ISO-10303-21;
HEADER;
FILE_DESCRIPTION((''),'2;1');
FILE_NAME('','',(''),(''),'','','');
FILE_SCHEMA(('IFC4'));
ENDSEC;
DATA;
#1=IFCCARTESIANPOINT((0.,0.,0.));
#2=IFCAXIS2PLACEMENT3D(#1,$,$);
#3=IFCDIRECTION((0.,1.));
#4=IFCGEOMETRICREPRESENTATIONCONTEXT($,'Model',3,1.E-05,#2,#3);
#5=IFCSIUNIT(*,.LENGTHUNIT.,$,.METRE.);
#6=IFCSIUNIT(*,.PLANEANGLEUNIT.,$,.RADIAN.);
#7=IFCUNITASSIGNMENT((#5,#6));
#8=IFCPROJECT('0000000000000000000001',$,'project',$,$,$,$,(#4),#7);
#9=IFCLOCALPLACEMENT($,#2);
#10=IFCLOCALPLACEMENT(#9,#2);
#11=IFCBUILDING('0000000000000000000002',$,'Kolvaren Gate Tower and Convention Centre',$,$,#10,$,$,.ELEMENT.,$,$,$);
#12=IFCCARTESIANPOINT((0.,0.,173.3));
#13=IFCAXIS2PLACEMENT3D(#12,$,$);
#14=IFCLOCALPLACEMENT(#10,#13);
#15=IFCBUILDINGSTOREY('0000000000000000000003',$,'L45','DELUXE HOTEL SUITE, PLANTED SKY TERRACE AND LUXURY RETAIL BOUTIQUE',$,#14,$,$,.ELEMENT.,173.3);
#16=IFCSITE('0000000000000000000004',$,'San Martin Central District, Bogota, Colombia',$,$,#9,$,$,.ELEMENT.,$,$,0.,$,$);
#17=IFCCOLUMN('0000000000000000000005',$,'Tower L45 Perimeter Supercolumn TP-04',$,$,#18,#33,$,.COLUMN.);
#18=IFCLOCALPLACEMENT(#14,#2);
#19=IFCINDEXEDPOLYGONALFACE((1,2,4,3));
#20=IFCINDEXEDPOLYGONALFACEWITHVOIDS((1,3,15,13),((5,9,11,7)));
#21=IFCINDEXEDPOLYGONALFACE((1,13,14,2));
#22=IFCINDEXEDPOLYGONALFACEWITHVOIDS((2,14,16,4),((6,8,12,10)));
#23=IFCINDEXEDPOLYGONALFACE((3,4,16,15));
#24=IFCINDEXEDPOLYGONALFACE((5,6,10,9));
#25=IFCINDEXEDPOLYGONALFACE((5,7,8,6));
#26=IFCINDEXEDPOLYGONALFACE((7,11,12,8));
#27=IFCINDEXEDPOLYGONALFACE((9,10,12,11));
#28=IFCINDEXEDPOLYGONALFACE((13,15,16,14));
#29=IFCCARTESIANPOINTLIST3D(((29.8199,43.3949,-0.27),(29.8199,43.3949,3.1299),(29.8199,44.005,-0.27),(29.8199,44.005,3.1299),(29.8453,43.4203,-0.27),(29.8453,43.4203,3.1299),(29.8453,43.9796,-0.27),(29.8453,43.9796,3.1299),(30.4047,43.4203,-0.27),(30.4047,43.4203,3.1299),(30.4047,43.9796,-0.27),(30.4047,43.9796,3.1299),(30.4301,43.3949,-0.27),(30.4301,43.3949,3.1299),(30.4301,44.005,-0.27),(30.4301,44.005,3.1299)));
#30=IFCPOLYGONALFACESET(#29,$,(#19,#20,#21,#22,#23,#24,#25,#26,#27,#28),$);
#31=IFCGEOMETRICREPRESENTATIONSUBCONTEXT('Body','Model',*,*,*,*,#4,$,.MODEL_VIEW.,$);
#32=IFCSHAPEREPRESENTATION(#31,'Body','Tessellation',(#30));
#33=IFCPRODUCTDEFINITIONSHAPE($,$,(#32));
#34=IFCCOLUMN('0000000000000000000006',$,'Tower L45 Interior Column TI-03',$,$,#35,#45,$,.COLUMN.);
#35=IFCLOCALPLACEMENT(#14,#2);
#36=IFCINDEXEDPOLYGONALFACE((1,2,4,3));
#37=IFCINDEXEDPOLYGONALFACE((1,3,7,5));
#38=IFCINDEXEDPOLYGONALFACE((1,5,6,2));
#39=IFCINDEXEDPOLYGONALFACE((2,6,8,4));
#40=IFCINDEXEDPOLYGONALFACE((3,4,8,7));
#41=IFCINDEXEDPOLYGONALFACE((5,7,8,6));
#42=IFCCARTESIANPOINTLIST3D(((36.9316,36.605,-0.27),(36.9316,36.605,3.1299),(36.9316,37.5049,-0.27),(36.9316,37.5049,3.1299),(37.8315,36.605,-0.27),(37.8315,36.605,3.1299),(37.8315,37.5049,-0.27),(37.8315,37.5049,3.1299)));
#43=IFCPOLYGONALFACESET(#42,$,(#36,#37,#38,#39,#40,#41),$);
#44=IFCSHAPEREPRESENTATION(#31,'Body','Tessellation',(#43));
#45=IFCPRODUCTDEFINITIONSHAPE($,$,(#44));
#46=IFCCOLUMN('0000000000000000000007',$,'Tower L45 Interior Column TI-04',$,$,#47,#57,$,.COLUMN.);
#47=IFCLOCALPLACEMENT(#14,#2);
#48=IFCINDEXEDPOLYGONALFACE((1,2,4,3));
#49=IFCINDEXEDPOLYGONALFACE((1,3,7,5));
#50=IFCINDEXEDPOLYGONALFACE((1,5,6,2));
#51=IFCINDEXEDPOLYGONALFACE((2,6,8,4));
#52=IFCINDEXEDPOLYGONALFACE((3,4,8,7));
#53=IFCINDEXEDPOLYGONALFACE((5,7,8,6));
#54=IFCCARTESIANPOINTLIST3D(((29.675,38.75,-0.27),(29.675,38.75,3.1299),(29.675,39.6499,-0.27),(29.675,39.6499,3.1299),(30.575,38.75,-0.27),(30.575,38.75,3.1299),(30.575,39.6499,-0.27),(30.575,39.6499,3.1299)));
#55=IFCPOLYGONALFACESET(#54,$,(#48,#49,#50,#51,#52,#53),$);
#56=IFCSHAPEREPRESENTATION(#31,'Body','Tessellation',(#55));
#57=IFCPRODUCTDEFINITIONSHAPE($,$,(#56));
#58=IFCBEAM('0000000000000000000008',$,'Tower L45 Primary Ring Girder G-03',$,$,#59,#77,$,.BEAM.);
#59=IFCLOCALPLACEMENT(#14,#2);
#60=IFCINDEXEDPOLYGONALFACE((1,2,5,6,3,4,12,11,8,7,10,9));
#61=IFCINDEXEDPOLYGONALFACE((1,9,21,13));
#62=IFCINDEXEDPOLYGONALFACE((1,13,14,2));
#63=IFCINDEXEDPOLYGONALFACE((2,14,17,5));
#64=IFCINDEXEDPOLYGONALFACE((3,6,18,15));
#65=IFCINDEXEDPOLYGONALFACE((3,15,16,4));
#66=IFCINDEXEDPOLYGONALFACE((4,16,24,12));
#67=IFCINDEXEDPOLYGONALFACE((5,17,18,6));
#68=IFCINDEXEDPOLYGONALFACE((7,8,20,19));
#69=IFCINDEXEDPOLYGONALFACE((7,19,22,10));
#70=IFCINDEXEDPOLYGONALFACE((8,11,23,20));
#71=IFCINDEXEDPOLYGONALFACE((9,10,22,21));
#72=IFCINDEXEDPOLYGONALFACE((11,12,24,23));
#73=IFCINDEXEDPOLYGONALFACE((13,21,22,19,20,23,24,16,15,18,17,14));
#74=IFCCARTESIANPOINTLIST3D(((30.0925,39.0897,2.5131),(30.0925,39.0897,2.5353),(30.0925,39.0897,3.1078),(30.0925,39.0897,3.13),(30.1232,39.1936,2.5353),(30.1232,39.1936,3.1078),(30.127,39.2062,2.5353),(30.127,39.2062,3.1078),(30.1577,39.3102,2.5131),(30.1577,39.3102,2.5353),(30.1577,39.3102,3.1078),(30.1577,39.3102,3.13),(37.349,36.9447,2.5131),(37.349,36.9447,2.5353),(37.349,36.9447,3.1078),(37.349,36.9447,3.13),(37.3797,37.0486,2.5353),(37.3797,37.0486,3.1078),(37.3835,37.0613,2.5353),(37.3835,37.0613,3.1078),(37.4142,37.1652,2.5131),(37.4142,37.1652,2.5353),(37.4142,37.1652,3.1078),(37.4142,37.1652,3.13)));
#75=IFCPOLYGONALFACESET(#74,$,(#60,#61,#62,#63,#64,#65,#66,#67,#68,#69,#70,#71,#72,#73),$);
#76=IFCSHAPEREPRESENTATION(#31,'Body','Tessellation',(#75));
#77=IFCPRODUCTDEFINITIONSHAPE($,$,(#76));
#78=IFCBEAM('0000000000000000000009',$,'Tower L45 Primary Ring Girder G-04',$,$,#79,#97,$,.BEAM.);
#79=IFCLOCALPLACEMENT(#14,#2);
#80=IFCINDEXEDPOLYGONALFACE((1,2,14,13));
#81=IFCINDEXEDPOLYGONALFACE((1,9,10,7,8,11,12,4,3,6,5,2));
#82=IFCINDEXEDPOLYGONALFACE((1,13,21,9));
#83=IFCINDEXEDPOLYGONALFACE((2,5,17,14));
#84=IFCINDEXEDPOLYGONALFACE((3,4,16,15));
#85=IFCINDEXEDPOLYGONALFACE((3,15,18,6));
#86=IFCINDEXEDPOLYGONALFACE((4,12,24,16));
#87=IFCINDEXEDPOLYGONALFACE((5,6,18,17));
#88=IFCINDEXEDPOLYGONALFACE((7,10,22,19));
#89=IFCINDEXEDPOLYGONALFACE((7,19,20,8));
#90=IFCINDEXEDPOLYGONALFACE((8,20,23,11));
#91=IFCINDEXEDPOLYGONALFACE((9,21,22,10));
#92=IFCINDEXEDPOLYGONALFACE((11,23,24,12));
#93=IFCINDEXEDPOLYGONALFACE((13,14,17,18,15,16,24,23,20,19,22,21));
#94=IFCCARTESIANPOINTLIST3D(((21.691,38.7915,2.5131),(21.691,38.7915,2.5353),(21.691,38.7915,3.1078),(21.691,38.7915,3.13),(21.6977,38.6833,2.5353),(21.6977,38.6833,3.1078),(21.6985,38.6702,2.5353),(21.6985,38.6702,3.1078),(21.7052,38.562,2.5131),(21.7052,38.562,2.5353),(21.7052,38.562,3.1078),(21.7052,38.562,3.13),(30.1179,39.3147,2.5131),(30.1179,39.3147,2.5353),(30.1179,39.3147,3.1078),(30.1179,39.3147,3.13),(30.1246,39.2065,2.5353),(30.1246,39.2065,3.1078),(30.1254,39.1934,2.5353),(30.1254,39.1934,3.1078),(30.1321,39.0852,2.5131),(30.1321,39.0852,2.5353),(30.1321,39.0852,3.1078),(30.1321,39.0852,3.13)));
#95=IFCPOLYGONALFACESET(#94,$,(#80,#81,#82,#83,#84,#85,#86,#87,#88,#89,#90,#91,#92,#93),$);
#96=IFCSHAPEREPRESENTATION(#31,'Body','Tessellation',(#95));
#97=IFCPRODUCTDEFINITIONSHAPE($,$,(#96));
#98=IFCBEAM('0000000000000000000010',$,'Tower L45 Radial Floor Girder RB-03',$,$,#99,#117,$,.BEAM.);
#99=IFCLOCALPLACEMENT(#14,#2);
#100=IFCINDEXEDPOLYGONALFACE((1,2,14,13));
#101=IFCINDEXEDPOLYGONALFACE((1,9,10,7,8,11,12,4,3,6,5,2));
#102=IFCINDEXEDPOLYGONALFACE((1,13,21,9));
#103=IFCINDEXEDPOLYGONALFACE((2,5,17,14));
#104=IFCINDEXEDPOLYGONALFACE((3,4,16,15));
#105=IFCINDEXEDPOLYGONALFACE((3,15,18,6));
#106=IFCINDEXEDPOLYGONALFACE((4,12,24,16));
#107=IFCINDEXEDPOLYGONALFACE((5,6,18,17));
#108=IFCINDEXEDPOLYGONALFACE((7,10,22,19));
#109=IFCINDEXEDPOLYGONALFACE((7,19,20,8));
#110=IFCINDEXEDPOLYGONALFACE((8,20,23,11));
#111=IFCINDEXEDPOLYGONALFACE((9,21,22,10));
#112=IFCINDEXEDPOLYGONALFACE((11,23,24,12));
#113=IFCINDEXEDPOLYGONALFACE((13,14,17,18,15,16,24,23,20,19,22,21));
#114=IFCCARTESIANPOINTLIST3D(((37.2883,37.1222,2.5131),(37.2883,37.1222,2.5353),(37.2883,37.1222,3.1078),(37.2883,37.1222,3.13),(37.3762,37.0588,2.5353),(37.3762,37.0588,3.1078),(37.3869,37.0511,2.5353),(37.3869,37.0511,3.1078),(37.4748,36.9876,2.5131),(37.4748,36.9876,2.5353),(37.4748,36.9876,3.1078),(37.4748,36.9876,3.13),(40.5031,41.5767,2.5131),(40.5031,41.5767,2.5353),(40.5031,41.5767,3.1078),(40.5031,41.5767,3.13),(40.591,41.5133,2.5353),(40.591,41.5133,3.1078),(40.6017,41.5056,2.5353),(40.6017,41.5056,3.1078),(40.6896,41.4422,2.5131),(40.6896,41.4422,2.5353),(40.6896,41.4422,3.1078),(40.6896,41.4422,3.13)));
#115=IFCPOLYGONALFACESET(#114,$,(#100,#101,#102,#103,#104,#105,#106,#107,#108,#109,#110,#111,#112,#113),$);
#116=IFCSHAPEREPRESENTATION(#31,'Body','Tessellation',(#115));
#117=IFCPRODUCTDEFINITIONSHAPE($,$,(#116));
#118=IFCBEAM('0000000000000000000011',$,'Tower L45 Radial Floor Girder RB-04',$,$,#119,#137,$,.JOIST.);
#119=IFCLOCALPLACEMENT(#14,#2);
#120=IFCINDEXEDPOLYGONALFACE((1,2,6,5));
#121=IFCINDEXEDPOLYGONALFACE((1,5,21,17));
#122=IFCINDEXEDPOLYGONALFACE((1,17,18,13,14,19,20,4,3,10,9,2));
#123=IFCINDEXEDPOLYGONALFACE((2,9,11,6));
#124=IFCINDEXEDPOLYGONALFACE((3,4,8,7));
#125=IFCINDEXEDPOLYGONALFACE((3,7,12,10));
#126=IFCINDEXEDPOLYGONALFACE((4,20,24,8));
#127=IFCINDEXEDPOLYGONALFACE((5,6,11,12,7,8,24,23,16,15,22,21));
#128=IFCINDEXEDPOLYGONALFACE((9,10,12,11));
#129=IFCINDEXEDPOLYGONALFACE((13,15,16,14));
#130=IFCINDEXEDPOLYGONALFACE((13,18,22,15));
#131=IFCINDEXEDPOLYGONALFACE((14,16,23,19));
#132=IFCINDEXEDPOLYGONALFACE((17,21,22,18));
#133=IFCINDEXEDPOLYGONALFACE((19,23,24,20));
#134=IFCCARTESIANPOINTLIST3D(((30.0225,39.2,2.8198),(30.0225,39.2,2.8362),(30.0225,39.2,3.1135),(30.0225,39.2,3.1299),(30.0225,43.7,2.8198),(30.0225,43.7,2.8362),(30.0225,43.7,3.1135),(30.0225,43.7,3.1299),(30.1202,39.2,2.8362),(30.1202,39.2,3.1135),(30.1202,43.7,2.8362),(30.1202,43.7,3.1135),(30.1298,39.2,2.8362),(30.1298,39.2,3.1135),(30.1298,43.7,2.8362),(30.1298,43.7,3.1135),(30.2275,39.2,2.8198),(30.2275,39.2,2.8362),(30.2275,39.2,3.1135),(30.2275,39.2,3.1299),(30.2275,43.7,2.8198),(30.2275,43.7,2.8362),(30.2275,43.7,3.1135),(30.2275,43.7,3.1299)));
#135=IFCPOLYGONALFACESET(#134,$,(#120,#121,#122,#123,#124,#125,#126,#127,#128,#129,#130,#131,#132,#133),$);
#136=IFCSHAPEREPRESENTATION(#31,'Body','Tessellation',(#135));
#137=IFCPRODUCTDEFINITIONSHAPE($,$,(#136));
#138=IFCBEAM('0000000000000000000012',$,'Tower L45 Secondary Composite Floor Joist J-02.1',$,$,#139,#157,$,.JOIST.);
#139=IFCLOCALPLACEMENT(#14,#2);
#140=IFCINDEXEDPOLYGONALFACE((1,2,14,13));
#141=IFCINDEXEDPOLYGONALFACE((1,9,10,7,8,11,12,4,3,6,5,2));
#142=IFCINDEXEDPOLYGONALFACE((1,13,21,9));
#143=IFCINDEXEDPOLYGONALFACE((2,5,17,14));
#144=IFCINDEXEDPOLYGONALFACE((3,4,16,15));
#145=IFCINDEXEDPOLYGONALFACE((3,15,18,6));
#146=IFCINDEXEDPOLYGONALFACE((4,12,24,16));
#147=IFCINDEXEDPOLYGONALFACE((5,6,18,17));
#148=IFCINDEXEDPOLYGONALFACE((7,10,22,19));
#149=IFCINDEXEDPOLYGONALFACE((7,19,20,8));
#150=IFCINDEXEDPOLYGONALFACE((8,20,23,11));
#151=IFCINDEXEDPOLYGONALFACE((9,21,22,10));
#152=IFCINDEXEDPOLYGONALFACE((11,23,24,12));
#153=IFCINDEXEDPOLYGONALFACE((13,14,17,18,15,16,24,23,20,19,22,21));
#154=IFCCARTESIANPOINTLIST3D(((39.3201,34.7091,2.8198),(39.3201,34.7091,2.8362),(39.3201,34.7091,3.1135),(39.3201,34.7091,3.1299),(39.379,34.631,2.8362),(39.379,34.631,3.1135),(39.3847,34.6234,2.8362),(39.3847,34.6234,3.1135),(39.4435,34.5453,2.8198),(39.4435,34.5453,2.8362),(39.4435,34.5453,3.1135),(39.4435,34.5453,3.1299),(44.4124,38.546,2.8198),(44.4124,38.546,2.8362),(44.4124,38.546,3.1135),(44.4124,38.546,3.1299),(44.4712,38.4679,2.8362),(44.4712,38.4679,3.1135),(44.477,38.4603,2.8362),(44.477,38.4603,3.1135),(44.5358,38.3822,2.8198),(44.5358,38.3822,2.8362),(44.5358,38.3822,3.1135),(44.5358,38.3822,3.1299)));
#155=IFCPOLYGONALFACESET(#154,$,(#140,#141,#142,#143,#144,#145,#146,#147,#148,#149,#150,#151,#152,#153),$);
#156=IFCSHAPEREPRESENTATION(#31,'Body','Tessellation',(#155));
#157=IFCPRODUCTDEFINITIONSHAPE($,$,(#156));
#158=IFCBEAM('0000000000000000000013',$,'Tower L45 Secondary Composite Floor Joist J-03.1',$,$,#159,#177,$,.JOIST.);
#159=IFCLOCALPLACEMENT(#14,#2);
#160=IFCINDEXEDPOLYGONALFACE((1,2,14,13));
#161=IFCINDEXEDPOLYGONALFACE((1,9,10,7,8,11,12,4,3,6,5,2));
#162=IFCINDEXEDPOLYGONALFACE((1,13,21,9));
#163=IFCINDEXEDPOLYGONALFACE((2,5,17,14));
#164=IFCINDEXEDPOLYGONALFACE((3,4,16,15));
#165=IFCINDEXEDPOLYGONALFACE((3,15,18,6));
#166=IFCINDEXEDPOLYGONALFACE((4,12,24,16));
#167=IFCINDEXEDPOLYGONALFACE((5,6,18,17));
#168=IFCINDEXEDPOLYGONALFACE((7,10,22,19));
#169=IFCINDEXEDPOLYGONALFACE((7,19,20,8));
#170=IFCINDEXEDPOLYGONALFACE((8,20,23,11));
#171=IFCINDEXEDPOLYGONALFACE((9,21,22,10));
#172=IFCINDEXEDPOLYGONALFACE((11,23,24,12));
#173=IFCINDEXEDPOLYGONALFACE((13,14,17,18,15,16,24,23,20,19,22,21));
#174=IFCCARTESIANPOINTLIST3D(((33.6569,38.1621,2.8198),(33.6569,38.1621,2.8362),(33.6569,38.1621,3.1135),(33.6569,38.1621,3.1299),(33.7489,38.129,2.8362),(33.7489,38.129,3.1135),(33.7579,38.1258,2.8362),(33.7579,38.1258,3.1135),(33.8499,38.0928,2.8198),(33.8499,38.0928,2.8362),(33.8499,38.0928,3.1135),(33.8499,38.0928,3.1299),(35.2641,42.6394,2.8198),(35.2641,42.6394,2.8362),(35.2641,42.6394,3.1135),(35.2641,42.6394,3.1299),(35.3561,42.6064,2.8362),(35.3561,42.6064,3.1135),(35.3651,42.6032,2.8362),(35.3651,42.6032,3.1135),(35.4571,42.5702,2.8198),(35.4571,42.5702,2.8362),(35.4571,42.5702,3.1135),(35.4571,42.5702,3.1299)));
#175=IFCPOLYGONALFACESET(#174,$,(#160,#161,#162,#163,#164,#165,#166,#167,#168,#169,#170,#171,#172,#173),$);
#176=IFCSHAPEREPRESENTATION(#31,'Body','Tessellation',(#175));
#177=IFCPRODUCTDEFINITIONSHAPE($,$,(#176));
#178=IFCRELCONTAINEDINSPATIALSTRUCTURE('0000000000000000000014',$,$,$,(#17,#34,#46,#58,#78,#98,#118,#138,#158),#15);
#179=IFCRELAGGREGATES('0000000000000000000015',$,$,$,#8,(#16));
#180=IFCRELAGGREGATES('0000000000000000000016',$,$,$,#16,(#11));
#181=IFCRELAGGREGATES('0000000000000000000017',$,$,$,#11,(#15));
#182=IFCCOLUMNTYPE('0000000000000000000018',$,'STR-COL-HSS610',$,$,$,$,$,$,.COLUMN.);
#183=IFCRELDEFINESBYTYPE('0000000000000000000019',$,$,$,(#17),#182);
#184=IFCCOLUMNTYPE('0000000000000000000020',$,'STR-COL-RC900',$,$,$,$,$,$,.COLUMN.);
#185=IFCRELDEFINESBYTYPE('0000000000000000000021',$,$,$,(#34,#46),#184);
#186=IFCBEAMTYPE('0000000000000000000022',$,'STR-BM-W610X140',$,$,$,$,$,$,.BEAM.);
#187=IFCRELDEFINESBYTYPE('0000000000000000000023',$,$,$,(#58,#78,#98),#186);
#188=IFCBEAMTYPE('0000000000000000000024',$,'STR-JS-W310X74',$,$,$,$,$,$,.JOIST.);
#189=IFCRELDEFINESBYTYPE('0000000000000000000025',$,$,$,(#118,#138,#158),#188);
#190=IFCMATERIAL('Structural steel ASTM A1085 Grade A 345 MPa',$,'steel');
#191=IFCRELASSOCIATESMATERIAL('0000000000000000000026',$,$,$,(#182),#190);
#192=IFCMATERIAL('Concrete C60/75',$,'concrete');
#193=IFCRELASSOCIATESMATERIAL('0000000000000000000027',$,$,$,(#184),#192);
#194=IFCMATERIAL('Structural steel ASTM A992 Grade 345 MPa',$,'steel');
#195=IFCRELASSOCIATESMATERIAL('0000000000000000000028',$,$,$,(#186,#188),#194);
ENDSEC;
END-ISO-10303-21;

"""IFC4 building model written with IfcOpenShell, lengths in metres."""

from ifc_helpers import new_model, si_unit, direction, frame, origin, origin_2d, place, context, subcontext, project, spatial, rectangle, hollow_rectangle, i_section, extrude, material, material_profile, profile_set, type_object, element, save


model = new_model("IFC4")

# Units and contexts
model_context = context("Model", 3, precision=1e-05, world=origin(), true_north=direction((0.0, 1.0)))
body_context = subcontext(model_context, "Body", "Model", "MODEL_VIEW")
ifc_project = project(units=[si_unit("LENGTHUNIT", "METRE"), si_unit("PLANEANGLEUNIT", "RADIAN")], contexts=[model_context])

# Site, building, storey
site_placement = place(None, origin())
site = spatial("IfcSite", under=ifc_project, at=site_placement, Name="San Martin Central District, Bogota, Colombia", CompositionType="ELEMENT", RefElevation=0.0)
building_placement = place(site_placement, origin())
building = spatial("IfcBuilding", under=site, at=building_placement, Name="Kolvaren Gate Tower and Convention Centre", CompositionType="ELEMENT")
storey_placement = place(building_placement, frame((0.0, 0.0, 173.3)))
storey = spatial("IfcBuildingStorey", under=building, at=storey_placement, Name="L45", Description="DELUXE HOTEL SUITE, PLANTED SKY TERRACE AND LUXURY RETAIL BOUTIQUE", CompositionType="ELEMENT", Elevation=173.3)

# Columns
ifc_material_1 = material(Name="Structural steel ASTM A1085 Grade A 345 MPa", Category="steel")
ifc_material_profile_1 = material_profile(ifc_material_1, hollow_rectangle(XDim=0.6101, YDim=0.6101, WallThickness=0.0254, at=origin_2d()), Name="HSS610X610X25.4")
ifc_profile_set_1 = profile_set([ifc_material_profile_1], Name="Structural steel ASTM A1085 Grade A 345 MPa")
column_type_1 = type_object("IfcColumnType", Name="STR-COL-HSS610", PredefinedType="COLUMN", material=ifc_profile_set_1)
column_placement = place(storey_placement, frame((30.125, 43.7, -0.27), z_axis=(0.0, 0.0, 1.0), x_axis=(1.0, 0.0, 0.0)))
element("IfcColumn", 1, at=column_placement, inside=storey, type_object=column_type_1, Name="Tower L45 Perimeter Supercolumn TP-04", PredefinedType="COLUMN", context=body_context, shape_type="SweptSolid", body=[
    extrude(hollow_rectangle(XDim=0.6101, YDim=0.6101, WallThickness=0.0254, at=origin_2d()), origin(), (0.0, 0.0, 1.0), 3.3999),
])
ifc_material_2 = material(Name="Concrete C60/75", Category="concrete")
ifc_material_profile_2 = material_profile(ifc_material_2, rectangle(XDim=0.8999, YDim=0.8999, at=origin_2d()), Name="RC-COL-900X900")
ifc_profile_set_2 = profile_set([ifc_material_profile_2], Name="Concrete C60/75")
column_type_2 = type_object("IfcColumnType", Name="STR-COL-RC900", PredefinedType="COLUMN", material=ifc_profile_set_2)
for number, where, z_axis, x_axis, name in (
    (2, (37.3816, 37.0549, -0.27), (0.0, 0.0, 1.0), (1.0, 0.0, 0.0), "Tower L45 Interior Column TI-03"),
    (3, (30.125, 39.2, -0.27), (0.0, 0.0, 1.0), (1.0, 0.0, 0.0), "Tower L45 Interior Column TI-04"),
):
    element("IfcColumn", number, at=place(storey_placement, frame(where, z_axis=z_axis, x_axis=x_axis)), inside=storey, type_object=column_type_2, Name=name, PredefinedType="COLUMN", context=body_context, shape_type="SweptSolid", body=[
        extrude(rectangle(XDim=0.8999, YDim=0.8999, at=origin_2d()), origin(), (0.0, 0.0, 1.0), 3.3999),
    ])

# Beams
ifc_material_3 = material(Name="Structural steel ASTM A992 Grade 345 MPa", Category="steel")
ifc_material_profile_3 = material_profile(ifc_material_3, i_section(OverallWidth=0.23, OverallDepth=0.6169, WebThickness=0.0132, FlangeThickness=0.0222, at=origin_2d()), Name="W610X140")
ifc_profile_set_3 = profile_set([ifc_material_profile_3], Name="Structural steel ASTM A992 Grade 345 MPa")
beam_type_1 = type_object("IfcBeamType", Name="STR-BM-W610X140", PredefinedType="BEAM", material=ifc_profile_set_3)
beam_1_placement = place(storey_placement, frame((37.3816, 37.0549, 2.8215), z_axis=(-0.958981, 0.283471, 0.0), x_axis=(-0.283471, -0.958981, 0.0)))
element("IfcBeam", 4, at=beam_1_placement, inside=storey, type_object=beam_type_1, Name="Tower L45 Primary Ring Girder G-03", PredefinedType="BEAM", context=body_context, shape_type="SweptSolid", body=[
    extrude(i_section(OverallWidth=0.23, OverallDepth=0.6169, WebThickness=0.0132, FlangeThickness=0.0222, at=origin_2d()), origin(), (0.0, 0.0, 1.0), 7.5669),
])
beam_2_placement = place(storey_placement, frame((30.125, 39.2, 2.8215), z_axis=(-0.998078, -0.061966, 0.0), x_axis=(0.061966, -0.998078, 0.0)))
element("IfcBeam", 5, at=beam_2_placement, inside=storey, type_object=beam_type_1, Name="Tower L45 Primary Ring Girder G-04", PredefinedType="BEAM", context=body_context, shape_type="SweptSolid", body=[
    extrude(i_section(OverallWidth=0.23, OverallDepth=0.6169, WebThickness=0.0132, FlangeThickness=0.0222, at=origin_2d()), origin(), (0.0, 0.0, 1.0), 8.4431),
])
beam_3_placement = place(storey_placement, frame((37.3816, 37.0549, 2.8215), z_axis=(0.585208, 0.810883, 0.0), x_axis=(-0.810883, 0.585208, 0.0)))
element("IfcBeam", 6, at=beam_3_placement, inside=storey, type_object=beam_type_1, Name="Tower L45 Radial Floor Girder RB-03", PredefinedType="BEAM", context=body_context, shape_type="SweptSolid", body=[
    extrude(i_section(OverallWidth=0.23, OverallDepth=0.6169, WebThickness=0.0132, FlangeThickness=0.0222, at=origin_2d()), origin(), (0.0, 0.0, 1.0), 5.4934),
])
ifc_material_profile_4 = material_profile(ifc_material_3, i_section(OverallWidth=0.2051, OverallDepth=0.3101, WebThickness=0.0095, FlangeThickness=0.0164, at=origin_2d()), Name="W310X74")
ifc_profile_set_4 = profile_set([ifc_material_profile_4], Name="Structural steel ASTM A992 Grade 345 MPa")
beam_type_2 = type_object("IfcBeamType", Name="STR-JS-W310X74", PredefinedType="JOIST", material=ifc_profile_set_4)
beam_4_placement = place(storey_placement, frame((30.125, 39.2, 2.9749), z_axis=(0.0, 1.0, 0.0), x_axis=(-1.0, 0.0, 0.0)))
element("IfcBeam", 7, at=beam_4_placement, inside=storey, type_object=beam_type_2, Name="Tower L45 Radial Floor Girder RB-04", PredefinedType="JOIST", context=body_context, shape_type="SweptSolid", body=[
    extrude(i_section(OverallWidth=0.2051, OverallDepth=0.3101, WebThickness=0.0095, FlangeThickness=0.0164, at=origin_2d()), origin(), (0.0, 0.0, 1.0), 4.5),
])
beam_5_placement = place(storey_placement, frame((39.3818, 34.6272, 2.9749), z_axis=(0.798666, 0.601775, 0.0), x_axis=(-0.601775, 0.798666, 0.0)))
element("IfcBeam", 8, at=beam_5_placement, inside=storey, type_object=beam_type_2, Name="Tower L45 Secondary Composite Floor Joist J-02.1", PredefinedType="JOIST", context=body_context, shape_type="SweptSolid", body=[
    extrude(i_section(OverallWidth=0.2051, OverallDepth=0.3101, WebThickness=0.0095, FlangeThickness=0.0164, at=origin_2d()), origin(), (0.0, 0.0, 1.0), 6.376),
])
beam_6_placement = place(storey_placement, frame((33.7534, 38.1274, 2.9749), z_axis=(0.337854, 0.941198, 0.0), x_axis=(-0.941198, 0.337854, 0.0)))
element("IfcBeam", 9, at=beam_6_placement, inside=storey, type_object=beam_type_2, Name="Tower L45 Secondary Composite Floor Joist J-03.1", PredefinedType="JOIST", context=body_context, shape_type="SweptSolid", body=[
    extrude(i_section(OverallWidth=0.2051, OverallDepth=0.3101, WebThickness=0.0095, FlangeThickness=0.0164, at=origin_2d()), origin(), (0.0, 0.0, 1.0), 4.7571),
])

save(model, "model.ifc")
